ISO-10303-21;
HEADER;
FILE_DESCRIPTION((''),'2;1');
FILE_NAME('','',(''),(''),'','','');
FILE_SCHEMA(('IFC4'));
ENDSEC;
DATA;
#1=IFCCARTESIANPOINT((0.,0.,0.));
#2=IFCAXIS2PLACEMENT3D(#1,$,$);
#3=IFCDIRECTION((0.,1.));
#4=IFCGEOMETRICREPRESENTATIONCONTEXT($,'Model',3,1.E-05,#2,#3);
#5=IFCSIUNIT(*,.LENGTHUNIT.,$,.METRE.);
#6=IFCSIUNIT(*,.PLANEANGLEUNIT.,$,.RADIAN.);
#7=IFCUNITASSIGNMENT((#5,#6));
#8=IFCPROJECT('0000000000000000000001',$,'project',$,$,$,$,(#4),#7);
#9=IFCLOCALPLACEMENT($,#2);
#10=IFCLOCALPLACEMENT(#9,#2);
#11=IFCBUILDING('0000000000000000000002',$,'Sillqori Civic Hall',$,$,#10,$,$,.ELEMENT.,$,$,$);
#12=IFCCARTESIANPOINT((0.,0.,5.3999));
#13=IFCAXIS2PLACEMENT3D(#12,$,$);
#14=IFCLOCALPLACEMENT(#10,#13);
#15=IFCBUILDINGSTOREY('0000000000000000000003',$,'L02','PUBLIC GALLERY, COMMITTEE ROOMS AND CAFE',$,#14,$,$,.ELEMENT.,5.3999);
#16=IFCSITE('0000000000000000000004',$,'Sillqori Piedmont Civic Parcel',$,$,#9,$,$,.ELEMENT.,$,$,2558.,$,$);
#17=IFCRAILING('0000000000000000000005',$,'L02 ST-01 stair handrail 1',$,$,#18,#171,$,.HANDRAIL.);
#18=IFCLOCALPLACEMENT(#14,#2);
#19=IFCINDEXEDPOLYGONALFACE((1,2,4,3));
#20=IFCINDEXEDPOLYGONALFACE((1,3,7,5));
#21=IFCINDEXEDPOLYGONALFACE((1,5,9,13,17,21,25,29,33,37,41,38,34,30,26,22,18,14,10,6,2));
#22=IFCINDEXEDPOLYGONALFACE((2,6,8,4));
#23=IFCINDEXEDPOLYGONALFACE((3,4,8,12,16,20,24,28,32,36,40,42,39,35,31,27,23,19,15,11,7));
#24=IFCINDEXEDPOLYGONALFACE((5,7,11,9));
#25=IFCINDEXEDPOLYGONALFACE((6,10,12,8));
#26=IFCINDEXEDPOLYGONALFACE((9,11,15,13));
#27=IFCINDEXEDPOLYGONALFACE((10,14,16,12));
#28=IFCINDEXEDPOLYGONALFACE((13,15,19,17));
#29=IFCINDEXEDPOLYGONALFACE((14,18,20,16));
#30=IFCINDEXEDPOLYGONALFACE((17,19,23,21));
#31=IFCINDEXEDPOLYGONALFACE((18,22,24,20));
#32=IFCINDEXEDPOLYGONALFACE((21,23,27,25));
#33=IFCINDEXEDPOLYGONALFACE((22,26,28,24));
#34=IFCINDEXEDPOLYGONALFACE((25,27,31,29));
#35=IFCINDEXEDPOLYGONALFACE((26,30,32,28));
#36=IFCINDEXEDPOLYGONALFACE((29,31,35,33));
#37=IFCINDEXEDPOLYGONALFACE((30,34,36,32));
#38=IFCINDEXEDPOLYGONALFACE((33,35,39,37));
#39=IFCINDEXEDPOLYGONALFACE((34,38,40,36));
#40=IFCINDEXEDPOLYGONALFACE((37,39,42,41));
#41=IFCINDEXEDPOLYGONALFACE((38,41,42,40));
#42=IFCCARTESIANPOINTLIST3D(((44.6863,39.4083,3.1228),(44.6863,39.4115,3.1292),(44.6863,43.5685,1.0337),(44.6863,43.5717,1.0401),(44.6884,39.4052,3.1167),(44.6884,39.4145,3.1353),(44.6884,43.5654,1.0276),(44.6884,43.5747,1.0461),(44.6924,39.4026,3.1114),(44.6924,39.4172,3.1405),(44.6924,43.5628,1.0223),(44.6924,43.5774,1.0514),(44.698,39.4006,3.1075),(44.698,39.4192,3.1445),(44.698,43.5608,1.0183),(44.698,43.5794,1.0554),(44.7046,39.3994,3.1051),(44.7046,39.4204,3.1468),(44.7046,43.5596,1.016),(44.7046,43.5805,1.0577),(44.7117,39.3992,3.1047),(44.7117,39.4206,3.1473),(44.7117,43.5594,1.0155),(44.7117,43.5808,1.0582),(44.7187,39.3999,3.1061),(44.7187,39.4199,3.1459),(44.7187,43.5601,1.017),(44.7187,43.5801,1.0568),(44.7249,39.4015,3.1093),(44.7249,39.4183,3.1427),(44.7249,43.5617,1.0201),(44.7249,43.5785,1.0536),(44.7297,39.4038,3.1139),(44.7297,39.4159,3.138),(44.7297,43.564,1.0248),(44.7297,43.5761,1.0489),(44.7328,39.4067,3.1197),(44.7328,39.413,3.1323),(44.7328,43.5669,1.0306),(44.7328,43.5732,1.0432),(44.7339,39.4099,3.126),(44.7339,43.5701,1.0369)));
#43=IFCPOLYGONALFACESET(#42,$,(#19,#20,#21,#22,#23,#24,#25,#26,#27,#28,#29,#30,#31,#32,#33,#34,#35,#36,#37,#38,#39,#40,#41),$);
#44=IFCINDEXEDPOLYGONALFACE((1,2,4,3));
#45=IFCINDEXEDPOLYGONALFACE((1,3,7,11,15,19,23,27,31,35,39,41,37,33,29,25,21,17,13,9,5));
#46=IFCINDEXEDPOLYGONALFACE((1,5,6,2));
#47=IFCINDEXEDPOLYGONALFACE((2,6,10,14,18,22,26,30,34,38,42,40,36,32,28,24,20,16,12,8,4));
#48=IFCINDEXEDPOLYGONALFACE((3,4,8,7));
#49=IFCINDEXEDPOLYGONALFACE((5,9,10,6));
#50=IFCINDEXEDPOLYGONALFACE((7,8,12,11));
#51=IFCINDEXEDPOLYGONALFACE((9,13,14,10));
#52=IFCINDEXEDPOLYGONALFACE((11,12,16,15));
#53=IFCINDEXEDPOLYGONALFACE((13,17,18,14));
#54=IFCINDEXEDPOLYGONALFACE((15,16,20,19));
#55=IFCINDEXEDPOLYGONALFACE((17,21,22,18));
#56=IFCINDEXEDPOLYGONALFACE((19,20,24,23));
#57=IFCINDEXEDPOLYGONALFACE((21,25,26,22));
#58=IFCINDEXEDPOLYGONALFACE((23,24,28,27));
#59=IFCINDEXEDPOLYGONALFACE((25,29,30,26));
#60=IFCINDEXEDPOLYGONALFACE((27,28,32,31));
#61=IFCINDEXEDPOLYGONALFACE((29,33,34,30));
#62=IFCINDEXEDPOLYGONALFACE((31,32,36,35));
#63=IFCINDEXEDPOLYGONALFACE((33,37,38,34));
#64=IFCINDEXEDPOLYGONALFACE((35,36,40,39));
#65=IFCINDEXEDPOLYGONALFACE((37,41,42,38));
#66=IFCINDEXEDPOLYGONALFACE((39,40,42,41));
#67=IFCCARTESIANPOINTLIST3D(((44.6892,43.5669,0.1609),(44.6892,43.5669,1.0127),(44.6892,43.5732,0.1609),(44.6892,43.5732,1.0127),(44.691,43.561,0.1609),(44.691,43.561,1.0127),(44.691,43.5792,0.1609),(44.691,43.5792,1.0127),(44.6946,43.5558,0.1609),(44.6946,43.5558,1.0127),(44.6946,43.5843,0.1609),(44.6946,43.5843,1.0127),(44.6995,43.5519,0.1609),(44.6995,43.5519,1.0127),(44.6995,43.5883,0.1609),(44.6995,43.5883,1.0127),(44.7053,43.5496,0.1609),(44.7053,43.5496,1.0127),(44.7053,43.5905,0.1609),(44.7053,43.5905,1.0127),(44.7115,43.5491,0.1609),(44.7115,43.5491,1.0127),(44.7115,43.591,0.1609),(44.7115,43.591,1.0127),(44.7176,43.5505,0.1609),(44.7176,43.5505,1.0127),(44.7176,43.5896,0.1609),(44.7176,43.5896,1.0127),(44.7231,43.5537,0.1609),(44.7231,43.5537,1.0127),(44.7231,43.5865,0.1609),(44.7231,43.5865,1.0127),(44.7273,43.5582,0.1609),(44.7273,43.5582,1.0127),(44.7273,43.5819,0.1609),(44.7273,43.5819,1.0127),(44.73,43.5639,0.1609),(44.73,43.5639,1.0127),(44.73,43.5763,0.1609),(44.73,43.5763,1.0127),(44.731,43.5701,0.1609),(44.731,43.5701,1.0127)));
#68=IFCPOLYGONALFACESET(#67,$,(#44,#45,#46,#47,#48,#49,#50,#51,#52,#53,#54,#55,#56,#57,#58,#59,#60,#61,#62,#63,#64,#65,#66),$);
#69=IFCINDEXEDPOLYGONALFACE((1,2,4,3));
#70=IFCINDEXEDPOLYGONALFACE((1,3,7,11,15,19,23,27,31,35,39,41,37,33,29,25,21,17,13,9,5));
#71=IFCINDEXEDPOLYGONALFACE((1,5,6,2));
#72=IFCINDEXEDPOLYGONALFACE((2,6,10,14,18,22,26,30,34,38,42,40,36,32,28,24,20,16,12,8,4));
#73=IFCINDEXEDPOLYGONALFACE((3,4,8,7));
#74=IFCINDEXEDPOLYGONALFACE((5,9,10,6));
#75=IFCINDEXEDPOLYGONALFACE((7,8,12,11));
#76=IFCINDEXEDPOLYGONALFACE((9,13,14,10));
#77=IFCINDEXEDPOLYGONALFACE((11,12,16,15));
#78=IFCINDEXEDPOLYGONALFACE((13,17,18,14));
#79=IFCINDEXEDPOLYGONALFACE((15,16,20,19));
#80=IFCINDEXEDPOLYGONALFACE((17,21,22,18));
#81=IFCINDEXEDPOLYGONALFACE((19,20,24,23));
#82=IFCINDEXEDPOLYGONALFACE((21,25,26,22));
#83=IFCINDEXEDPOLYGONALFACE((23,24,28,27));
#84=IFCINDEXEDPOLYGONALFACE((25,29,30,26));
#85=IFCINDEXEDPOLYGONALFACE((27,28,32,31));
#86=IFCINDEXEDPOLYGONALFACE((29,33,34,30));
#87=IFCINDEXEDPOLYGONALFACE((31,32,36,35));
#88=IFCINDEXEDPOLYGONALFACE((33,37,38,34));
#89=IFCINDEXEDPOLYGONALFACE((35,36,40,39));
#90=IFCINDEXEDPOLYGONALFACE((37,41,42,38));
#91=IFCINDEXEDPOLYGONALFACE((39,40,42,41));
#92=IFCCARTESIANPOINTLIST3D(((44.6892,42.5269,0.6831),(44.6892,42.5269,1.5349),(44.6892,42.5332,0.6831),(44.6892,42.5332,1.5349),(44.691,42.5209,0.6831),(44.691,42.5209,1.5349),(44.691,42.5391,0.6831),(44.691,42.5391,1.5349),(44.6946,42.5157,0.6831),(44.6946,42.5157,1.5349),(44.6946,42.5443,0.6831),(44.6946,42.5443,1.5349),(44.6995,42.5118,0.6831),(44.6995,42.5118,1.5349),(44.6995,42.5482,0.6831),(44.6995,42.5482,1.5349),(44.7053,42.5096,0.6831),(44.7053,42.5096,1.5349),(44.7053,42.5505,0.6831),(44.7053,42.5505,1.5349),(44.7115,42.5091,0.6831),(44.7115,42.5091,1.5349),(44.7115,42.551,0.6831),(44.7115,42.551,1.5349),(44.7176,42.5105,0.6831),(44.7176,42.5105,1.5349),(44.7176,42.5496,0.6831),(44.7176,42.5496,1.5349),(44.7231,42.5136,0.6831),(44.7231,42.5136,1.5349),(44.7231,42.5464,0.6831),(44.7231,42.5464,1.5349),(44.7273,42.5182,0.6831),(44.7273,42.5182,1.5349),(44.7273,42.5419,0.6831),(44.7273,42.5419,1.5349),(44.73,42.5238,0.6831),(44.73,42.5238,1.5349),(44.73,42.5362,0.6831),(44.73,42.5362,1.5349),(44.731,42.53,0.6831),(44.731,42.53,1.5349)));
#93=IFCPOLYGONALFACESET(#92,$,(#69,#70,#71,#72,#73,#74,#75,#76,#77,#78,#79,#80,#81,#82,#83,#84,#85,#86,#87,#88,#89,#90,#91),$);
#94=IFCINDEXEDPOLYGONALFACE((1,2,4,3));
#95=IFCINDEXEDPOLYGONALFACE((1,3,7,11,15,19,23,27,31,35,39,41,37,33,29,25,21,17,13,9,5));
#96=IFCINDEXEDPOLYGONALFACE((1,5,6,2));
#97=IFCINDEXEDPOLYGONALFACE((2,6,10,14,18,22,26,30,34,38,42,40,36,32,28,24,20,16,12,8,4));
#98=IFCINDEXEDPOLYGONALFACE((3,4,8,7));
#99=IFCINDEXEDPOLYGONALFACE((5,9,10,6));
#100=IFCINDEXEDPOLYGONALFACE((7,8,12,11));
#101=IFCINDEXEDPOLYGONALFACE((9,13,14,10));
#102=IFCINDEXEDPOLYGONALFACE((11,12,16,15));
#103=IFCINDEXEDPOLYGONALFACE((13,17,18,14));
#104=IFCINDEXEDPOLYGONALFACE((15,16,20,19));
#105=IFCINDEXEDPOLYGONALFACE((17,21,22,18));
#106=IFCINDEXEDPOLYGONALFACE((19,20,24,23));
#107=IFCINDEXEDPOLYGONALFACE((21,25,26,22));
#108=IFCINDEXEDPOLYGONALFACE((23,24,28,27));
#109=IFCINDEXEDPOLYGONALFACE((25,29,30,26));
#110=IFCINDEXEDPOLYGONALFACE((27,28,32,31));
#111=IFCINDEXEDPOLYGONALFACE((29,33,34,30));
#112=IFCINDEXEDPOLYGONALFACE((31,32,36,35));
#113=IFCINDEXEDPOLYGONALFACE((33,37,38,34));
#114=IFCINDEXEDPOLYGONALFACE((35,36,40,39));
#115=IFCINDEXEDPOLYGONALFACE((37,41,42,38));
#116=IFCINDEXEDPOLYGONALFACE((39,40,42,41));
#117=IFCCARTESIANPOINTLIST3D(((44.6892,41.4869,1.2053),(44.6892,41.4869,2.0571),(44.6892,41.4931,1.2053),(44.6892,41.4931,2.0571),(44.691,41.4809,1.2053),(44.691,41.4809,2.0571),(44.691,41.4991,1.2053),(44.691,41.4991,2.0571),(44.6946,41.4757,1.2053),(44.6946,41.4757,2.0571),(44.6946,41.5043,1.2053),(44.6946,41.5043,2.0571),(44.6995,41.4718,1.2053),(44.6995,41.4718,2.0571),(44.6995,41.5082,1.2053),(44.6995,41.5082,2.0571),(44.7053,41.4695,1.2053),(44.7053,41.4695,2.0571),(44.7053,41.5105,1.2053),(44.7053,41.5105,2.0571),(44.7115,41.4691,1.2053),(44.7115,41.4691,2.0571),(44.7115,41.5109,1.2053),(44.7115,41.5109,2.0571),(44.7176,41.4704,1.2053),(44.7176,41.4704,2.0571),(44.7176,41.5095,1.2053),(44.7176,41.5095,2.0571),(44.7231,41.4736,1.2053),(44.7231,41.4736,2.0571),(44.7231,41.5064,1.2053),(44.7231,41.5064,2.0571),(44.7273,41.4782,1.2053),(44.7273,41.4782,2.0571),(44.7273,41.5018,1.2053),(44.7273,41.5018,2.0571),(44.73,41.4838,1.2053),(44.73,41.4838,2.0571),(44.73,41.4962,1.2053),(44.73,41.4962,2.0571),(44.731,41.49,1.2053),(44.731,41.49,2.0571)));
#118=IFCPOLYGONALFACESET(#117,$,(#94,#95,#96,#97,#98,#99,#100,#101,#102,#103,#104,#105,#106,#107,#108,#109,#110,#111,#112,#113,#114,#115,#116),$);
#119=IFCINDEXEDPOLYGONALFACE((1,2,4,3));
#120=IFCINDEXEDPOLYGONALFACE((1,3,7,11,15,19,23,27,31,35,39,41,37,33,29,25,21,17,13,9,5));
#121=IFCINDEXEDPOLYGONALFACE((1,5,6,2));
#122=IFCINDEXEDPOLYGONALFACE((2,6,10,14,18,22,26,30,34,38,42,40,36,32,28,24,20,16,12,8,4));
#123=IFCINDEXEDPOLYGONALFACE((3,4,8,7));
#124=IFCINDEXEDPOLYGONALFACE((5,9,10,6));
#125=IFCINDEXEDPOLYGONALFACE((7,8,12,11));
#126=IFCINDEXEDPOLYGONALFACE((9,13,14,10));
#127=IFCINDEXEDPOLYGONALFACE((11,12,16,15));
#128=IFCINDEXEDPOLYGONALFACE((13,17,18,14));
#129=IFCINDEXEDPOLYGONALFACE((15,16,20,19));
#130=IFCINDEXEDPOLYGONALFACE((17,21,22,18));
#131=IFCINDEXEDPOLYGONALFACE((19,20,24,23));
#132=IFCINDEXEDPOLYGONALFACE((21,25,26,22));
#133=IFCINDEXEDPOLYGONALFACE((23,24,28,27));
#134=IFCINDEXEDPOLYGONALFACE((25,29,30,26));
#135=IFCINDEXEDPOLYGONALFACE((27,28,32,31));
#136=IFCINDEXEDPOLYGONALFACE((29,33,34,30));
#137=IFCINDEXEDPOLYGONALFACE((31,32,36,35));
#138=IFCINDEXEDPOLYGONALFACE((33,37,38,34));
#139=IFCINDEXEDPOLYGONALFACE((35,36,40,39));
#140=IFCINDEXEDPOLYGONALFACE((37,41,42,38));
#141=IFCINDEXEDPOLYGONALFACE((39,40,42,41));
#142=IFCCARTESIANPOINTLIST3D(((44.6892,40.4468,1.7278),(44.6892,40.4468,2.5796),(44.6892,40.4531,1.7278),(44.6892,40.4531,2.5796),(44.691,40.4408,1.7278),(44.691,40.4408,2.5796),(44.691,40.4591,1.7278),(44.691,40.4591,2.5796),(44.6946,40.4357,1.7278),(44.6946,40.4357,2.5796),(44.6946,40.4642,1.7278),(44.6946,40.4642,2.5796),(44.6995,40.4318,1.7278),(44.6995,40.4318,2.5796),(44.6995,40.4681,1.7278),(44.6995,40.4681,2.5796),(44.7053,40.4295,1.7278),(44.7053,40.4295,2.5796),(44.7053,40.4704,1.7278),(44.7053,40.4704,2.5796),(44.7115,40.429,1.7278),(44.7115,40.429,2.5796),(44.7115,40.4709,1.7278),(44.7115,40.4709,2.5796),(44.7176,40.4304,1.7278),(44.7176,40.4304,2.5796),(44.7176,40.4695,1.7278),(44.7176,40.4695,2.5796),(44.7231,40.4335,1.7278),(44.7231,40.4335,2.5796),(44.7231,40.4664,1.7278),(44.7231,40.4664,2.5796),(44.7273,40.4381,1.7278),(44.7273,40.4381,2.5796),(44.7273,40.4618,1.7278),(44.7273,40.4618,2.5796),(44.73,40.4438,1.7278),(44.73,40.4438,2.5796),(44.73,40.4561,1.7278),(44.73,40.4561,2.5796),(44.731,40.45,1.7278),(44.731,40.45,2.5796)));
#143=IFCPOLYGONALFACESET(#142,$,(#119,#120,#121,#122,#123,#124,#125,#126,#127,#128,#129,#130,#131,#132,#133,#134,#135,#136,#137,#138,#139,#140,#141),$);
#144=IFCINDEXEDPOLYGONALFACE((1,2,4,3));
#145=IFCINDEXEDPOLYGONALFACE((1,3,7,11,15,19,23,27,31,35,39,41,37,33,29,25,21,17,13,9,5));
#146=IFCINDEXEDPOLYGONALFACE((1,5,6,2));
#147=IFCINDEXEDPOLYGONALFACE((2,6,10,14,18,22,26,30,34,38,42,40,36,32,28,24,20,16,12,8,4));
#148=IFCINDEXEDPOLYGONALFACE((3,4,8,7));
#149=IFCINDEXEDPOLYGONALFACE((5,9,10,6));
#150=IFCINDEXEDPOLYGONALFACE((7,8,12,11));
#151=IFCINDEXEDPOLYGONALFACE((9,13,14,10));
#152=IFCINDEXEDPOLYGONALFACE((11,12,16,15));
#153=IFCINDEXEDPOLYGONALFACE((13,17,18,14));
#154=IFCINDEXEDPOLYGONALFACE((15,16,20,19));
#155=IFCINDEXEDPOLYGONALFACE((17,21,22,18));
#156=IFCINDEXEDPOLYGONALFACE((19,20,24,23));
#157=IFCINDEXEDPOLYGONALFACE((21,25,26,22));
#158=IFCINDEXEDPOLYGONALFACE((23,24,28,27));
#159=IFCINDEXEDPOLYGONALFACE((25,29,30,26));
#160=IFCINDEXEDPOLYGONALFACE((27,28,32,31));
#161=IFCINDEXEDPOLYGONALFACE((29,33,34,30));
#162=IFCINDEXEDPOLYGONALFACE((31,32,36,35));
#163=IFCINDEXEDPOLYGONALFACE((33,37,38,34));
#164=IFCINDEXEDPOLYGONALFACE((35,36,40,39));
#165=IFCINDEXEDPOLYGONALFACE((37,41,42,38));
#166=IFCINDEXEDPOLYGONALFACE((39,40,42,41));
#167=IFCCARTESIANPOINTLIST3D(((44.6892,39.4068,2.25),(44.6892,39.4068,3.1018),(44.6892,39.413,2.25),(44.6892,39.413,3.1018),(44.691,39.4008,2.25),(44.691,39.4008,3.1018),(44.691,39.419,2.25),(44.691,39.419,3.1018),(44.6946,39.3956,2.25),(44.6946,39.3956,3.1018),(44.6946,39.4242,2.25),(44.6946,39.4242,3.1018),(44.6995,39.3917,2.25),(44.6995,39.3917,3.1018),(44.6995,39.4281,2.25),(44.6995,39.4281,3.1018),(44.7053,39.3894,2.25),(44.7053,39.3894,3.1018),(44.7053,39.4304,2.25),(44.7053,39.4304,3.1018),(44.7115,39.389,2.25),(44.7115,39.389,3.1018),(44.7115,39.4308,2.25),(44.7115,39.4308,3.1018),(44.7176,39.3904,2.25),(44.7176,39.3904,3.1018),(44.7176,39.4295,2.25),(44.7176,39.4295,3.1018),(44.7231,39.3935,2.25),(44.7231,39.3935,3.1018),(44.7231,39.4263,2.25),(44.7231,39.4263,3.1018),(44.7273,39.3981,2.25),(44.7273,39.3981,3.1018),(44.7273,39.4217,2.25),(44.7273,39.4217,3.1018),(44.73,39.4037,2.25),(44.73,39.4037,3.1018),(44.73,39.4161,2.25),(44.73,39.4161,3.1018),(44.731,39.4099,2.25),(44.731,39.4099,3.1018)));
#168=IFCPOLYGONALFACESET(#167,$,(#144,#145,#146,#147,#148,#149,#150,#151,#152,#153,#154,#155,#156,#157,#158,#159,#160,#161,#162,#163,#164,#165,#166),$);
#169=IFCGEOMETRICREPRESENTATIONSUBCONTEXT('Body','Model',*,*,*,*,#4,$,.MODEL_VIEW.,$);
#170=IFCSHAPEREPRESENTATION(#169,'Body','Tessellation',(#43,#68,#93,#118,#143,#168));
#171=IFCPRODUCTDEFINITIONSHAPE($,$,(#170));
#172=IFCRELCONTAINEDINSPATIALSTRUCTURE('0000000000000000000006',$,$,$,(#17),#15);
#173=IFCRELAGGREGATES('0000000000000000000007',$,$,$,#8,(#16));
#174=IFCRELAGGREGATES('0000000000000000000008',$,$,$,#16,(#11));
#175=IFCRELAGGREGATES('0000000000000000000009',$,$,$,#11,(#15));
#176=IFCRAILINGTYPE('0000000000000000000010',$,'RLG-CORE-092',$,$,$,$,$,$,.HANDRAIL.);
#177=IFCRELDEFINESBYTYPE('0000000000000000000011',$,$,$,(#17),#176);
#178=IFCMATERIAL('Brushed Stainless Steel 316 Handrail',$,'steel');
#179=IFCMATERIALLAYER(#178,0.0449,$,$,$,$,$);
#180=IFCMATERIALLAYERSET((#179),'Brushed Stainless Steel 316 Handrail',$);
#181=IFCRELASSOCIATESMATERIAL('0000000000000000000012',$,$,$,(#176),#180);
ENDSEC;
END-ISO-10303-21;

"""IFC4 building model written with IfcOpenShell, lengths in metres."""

from ifc_helpers import new_model, si_unit, direction, frame, origin, origin_2d, place, context, subcontext, project, spatial, circle, extrude, material, layer, layer_set, type_object, element, save


model = new_model("IFC4")

# Units and contexts
model_context = context("Model", 3, precision=1e-05, world=origin(), true_north=direction((0.0, 1.0)))
body_context = subcontext(model_context, "Body", "Model", "MODEL_VIEW")
ifc_project = project(units=[si_unit("LENGTHUNIT", "METRE"), si_unit("PLANEANGLEUNIT", "RADIAN")], contexts=[model_context])

# Site, building, storey
site_placement = place(None, origin())
site = spatial("IfcSite", under=ifc_project, at=site_placement, Name="Sillqori Piedmont Civic Parcel", CompositionType="ELEMENT", RefElevation=2558.0)
building_placement = place(site_placement, origin())
building = spatial("IfcBuilding", under=site, at=building_placement, Name="Sillqori Civic Hall", CompositionType="ELEMENT")
storey_placement = place(building_placement, frame((0.0, 0.0, 5.3999)))
storey = spatial("IfcBuildingStorey", under=building, at=storey_placement, Name="L02", Description="PUBLIC GALLERY, COMMITTEE ROOMS AND CAFE", CompositionType="ELEMENT", Elevation=5.3999)

# Railing
ifc_material_1 = material(Name="Brushed Stainless Steel 316 Handrail", Category="steel")
ifc_layer_1 = layer(ifc_material_1, 0.0449)
ifc_layer_set_1 = layer_set([ifc_layer_1], Name="Brushed Stainless Steel 316 Handrail")
railing_type_1 = type_object("IfcRailingType", Name="RLG-CORE-092", PredefinedType="HANDRAIL", material=ifc_layer_set_1)
railing_1_placement = place(storey_placement, frame((44.71, 43.5701, 0.1609)))
element("IfcRailing", 1, at=railing_1_placement, inside=storey, type_object=railing_type_1, Name="L02 ST-01 stair handrail 1", PredefinedType="HANDRAIL", context=body_context, shape_type="SweptSolid", body=[
    extrude(circle(Radius=0.0239, at=origin_2d()), frame((0.0, 0.0, 0.876), z_axis=(0.0, -0.89365, 0.448765), x_axis=(1.0, 0.0, 0.0)), (0.0, 0.0, 1.0), 4.6553),
    extrude(circle(Radius=0.021, at=origin_2d()), origin(), (0.0, 0.0, 1.0), 0.8518),
    extrude(circle(Radius=0.021, at=origin_2d()), frame((0.0, -1.04, 0.5222)), (0.0, 0.0, 1.0), 0.8518),
    extrude(circle(Radius=0.021, at=origin_2d()), frame((0.0, -2.0801, 1.0444)), (0.0, 0.0, 1.0), 0.8518),
    extrude(circle(Radius=0.021, at=origin_2d()), frame((0.0, -3.1201, 1.5669)), (0.0, 0.0, 1.0), 0.8518),
    extrude(circle(Radius=0.021, at=origin_2d()), frame((0.0, -4.1602, 2.0891)), (0.0, 0.0, 1.0), 0.8518),
])

save(model, "model.ifc")
